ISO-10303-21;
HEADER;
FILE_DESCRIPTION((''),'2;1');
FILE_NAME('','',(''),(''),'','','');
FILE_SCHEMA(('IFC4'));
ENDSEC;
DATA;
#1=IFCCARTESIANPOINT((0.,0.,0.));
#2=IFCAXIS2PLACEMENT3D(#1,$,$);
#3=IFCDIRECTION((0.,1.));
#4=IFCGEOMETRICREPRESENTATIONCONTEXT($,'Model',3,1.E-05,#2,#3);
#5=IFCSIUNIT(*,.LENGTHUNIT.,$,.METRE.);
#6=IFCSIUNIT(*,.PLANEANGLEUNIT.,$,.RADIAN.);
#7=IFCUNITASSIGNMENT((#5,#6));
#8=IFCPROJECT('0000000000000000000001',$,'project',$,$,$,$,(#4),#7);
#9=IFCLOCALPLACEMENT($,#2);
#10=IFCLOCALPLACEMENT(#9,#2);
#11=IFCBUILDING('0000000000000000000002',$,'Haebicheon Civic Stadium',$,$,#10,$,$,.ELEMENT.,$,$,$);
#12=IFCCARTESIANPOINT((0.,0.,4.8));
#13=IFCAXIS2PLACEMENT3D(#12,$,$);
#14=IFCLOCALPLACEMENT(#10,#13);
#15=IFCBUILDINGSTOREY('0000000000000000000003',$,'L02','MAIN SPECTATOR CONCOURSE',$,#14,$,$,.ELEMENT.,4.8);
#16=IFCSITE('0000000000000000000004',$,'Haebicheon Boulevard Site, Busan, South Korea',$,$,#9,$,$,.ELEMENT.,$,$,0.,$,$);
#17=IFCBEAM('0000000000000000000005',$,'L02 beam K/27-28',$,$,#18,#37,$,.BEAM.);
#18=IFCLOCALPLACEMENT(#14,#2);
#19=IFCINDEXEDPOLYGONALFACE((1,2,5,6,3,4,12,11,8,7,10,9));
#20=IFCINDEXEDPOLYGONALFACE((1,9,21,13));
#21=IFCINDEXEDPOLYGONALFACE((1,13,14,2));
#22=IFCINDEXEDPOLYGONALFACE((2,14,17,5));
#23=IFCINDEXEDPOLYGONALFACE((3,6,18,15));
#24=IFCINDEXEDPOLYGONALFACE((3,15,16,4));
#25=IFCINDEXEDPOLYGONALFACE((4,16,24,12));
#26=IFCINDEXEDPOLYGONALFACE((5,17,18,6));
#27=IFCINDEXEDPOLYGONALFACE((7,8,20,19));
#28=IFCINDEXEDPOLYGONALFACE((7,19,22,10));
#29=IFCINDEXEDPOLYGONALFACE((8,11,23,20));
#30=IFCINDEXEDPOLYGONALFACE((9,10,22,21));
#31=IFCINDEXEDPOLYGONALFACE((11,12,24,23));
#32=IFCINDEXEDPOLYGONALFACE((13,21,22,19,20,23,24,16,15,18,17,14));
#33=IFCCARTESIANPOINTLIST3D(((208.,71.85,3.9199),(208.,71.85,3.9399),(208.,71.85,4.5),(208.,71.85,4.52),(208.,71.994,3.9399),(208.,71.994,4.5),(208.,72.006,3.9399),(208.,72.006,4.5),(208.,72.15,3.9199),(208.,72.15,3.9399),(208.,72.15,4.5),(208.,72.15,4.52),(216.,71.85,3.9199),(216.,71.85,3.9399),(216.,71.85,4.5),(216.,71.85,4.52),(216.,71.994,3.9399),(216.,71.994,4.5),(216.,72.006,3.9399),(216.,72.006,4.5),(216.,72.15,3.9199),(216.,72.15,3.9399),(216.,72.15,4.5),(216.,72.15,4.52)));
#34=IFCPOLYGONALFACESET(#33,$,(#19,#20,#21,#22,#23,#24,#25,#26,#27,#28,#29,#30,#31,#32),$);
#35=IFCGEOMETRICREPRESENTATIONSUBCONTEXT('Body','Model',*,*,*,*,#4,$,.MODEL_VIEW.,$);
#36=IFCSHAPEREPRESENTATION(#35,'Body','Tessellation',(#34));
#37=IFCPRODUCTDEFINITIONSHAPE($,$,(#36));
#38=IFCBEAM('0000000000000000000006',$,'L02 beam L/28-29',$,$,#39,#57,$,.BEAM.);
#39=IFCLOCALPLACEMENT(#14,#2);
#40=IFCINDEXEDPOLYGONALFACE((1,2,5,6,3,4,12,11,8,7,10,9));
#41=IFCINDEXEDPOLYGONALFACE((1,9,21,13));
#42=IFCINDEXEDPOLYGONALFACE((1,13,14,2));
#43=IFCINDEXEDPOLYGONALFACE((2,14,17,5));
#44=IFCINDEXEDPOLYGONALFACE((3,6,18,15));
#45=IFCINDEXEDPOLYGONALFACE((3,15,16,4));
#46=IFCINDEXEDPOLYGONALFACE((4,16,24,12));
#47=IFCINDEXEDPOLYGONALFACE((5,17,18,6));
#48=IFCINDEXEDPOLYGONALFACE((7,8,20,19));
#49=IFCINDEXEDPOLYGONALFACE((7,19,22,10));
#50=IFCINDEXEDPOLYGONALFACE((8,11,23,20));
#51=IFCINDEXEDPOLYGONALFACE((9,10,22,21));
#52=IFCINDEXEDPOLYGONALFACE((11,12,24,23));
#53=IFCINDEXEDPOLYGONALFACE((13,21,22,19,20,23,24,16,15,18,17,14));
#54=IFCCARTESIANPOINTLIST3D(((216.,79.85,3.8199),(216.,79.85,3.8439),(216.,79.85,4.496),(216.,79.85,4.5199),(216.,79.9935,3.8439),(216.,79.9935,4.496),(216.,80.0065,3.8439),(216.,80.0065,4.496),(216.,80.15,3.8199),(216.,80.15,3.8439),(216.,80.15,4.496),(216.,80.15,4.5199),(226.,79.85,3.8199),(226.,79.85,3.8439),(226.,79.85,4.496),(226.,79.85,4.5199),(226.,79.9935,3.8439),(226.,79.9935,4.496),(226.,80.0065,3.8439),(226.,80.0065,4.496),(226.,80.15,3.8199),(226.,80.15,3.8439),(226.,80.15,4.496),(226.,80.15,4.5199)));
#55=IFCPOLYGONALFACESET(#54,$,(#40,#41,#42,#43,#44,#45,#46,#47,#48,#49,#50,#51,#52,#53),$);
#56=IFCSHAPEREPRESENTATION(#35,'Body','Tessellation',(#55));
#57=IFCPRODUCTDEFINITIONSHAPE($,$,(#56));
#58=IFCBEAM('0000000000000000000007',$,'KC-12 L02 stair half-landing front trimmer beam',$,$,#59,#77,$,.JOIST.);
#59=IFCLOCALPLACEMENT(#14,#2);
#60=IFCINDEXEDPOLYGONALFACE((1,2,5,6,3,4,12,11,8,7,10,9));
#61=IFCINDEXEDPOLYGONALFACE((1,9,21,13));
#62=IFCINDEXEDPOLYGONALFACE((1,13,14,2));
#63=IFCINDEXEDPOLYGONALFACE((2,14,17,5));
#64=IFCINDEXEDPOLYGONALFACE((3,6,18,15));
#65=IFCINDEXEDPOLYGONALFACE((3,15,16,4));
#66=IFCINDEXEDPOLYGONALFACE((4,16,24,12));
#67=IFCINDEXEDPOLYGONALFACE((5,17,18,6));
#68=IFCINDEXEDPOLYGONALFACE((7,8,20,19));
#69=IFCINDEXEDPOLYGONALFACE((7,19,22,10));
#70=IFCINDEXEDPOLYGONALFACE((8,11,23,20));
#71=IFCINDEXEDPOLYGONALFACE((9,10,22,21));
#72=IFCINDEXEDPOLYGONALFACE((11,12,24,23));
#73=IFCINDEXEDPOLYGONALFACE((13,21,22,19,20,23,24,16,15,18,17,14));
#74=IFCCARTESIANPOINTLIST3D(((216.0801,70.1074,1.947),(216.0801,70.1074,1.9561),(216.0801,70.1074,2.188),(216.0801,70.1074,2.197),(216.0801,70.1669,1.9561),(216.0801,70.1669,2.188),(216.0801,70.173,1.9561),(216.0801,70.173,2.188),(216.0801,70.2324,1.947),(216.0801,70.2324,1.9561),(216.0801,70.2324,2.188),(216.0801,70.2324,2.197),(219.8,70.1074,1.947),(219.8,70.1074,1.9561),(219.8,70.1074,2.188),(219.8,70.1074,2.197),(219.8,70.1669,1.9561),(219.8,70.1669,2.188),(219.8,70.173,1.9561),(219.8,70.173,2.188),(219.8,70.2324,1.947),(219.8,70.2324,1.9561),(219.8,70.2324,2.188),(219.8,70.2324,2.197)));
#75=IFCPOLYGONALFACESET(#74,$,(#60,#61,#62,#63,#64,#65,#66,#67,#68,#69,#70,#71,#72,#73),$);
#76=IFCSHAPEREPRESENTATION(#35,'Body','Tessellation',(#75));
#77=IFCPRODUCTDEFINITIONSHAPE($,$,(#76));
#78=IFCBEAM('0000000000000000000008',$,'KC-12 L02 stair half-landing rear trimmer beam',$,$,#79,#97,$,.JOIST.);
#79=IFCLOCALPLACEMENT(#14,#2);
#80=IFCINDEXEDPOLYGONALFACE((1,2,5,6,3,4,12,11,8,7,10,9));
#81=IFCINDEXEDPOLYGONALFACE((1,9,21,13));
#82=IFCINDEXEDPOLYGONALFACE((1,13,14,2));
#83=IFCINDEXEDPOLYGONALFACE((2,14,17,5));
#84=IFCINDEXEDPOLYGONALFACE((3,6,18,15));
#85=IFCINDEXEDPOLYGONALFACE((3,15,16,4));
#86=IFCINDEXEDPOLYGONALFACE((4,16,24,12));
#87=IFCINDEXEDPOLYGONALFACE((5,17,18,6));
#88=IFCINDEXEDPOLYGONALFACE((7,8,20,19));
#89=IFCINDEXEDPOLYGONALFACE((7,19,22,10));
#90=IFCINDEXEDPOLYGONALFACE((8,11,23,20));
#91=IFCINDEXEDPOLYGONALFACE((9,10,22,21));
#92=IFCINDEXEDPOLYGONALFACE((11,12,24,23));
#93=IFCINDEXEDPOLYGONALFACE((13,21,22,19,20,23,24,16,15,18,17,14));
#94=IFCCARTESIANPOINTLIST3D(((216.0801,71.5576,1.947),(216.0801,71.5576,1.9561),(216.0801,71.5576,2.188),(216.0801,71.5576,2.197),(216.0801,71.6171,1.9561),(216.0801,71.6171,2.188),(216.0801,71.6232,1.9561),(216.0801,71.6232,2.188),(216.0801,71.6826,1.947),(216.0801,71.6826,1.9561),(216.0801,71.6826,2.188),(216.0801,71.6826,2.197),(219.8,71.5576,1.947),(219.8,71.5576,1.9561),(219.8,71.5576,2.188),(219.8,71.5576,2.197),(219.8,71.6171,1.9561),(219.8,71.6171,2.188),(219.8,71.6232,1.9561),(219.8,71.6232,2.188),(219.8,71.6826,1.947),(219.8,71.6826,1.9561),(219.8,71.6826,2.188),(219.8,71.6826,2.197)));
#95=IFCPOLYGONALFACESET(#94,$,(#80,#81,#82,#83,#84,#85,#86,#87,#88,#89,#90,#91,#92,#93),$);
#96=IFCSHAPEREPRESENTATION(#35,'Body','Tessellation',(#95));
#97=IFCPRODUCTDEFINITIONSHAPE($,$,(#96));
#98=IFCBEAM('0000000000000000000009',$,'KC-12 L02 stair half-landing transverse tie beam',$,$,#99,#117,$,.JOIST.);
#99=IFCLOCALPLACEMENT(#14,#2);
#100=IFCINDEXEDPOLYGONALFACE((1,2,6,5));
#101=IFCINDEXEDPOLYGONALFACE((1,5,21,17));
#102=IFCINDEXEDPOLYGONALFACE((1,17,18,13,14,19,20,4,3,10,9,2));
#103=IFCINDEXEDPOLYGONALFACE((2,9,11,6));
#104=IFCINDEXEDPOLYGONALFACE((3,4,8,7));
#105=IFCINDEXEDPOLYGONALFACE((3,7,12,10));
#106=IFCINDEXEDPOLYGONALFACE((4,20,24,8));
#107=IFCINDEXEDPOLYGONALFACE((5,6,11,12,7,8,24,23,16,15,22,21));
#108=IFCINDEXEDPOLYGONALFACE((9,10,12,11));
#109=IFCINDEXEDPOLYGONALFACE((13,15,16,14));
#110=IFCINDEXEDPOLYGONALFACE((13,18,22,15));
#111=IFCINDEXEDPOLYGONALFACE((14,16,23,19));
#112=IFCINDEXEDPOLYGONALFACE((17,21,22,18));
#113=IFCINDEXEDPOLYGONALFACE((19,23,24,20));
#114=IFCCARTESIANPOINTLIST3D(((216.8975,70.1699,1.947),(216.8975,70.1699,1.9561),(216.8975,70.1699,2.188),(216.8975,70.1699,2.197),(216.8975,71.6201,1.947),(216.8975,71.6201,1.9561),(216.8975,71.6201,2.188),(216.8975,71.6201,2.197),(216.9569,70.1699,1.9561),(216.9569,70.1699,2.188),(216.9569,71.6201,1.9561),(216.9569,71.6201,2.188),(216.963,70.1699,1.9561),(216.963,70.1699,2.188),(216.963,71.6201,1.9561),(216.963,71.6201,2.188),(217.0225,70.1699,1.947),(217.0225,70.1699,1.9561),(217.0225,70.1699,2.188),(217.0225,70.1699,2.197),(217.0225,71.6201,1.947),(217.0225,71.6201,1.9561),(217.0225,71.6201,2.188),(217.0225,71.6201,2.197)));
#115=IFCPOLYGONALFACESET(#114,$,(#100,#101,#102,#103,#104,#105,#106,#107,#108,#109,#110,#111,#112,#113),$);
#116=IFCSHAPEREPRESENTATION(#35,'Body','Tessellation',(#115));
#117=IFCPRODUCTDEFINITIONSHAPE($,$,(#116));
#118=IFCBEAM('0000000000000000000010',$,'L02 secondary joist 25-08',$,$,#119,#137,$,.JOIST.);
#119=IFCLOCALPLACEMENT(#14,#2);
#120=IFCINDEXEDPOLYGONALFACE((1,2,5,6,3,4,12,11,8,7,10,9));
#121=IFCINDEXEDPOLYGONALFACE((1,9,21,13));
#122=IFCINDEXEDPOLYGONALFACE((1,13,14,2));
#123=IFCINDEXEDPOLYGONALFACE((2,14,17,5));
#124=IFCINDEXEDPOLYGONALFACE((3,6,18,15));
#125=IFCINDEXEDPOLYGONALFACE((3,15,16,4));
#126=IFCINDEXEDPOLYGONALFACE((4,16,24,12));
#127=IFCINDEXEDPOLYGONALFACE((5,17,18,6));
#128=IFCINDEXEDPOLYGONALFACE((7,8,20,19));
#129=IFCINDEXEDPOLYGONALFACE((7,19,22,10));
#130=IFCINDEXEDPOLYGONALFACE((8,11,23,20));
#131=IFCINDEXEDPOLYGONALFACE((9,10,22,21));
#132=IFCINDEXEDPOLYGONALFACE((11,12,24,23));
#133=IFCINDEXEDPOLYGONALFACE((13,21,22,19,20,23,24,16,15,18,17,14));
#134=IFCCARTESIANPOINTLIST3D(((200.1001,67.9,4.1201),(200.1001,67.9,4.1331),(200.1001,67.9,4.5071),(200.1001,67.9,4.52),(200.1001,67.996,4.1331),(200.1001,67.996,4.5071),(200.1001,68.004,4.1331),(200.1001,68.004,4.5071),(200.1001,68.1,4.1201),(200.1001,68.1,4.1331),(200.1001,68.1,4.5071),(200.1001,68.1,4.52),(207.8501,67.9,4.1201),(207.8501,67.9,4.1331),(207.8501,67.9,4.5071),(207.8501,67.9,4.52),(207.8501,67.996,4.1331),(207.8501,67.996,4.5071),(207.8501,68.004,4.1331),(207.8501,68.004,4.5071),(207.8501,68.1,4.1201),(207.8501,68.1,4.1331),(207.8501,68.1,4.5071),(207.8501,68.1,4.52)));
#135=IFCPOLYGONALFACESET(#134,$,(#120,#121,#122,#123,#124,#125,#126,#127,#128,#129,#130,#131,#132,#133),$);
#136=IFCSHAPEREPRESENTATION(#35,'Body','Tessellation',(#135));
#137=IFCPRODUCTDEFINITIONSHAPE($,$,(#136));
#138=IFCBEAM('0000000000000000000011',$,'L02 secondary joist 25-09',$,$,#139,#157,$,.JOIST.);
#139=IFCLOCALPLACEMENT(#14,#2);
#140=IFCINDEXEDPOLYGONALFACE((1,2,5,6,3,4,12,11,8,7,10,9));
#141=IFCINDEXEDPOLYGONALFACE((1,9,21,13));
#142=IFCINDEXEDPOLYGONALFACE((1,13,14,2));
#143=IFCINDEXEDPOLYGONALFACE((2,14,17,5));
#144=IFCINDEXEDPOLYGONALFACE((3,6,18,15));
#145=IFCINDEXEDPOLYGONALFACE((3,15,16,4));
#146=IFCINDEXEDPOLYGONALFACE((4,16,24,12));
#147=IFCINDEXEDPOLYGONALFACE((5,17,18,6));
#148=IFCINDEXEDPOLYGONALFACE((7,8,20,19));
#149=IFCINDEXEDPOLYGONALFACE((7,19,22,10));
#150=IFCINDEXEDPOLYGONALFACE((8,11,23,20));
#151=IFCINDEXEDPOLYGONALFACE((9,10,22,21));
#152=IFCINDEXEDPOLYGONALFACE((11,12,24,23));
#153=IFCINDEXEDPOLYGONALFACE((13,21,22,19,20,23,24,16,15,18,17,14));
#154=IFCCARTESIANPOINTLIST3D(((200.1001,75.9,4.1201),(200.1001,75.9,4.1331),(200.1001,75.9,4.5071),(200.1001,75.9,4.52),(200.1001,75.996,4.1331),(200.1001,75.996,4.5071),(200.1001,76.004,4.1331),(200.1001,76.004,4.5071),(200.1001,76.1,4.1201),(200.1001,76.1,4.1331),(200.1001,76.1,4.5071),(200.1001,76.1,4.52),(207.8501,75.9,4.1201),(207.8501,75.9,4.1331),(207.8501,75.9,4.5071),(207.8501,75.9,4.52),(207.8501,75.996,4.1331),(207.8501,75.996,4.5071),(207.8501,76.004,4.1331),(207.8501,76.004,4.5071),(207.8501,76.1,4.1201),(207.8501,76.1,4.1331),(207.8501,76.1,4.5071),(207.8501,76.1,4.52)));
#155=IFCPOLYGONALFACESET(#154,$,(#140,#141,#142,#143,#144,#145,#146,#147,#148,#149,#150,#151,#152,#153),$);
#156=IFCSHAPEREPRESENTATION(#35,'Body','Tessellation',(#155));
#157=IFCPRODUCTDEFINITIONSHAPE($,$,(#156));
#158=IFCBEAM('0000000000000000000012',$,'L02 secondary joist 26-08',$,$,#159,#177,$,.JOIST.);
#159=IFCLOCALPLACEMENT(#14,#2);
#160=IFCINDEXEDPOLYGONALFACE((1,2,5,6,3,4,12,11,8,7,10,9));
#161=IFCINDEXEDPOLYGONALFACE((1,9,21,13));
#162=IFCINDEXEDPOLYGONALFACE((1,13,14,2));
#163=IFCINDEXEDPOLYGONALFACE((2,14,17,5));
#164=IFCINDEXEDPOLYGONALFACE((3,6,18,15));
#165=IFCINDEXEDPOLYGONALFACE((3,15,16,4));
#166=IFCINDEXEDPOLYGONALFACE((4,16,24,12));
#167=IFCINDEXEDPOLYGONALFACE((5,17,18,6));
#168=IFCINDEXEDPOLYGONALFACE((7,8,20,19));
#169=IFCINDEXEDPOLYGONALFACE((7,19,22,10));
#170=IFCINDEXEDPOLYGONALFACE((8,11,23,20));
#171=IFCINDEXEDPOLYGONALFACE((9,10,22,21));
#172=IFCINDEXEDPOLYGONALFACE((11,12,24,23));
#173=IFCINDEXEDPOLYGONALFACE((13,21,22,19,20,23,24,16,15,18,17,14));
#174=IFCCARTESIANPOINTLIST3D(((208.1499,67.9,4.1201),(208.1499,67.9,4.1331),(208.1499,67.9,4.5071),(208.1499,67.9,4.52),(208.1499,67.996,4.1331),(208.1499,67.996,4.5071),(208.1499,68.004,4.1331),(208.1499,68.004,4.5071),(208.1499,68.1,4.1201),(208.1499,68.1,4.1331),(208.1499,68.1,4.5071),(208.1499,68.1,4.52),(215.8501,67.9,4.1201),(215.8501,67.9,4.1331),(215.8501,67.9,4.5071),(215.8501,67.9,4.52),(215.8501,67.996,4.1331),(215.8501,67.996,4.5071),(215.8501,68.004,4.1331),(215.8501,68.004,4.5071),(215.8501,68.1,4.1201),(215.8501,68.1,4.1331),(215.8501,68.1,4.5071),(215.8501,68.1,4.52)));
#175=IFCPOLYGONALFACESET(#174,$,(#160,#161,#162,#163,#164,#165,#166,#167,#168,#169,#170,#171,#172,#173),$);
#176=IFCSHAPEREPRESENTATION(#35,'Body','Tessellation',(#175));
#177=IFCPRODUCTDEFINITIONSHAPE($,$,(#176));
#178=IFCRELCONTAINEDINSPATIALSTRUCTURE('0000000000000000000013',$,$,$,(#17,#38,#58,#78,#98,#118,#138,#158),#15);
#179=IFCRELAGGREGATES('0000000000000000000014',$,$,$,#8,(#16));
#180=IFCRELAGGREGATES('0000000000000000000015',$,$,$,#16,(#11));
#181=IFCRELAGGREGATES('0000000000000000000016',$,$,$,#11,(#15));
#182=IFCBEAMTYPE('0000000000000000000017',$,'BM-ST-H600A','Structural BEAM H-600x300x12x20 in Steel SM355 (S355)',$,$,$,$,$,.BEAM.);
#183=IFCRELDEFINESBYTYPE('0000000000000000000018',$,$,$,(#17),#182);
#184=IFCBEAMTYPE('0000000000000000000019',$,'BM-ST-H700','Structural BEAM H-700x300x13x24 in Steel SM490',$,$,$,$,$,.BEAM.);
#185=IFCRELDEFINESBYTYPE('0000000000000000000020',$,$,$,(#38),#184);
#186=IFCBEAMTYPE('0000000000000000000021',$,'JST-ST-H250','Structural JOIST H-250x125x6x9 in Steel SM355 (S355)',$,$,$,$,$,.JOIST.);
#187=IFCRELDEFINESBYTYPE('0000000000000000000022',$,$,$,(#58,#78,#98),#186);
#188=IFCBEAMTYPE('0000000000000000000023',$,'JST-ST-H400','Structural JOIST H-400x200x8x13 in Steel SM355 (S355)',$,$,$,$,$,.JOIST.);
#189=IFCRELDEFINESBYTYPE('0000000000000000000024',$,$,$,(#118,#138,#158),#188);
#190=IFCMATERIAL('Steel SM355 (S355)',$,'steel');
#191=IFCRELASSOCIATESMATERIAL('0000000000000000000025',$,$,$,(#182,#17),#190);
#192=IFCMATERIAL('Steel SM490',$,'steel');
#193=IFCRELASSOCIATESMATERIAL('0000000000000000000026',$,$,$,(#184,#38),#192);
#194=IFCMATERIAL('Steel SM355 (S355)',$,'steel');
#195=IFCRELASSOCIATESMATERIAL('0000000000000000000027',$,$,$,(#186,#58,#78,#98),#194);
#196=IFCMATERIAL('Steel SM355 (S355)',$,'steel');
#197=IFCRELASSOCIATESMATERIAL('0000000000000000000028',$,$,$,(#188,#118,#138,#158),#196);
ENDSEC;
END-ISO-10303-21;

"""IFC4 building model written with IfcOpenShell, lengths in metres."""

from ifc_helpers import new_model, si_unit, direction, frame, origin, origin_2d, place, context, subcontext, project, spatial, i_section, extrude, material, material_profile, profile_set, type_object, element, save


model = new_model("IFC4")

# Units and contexts
model_context = context("Model", 3, precision=1e-05, world=origin(), true_north=direction((0.0, 1.0)))
body_context = subcontext(model_context, "Body", "Model", "MODEL_VIEW")
ifc_project = project(units=[si_unit("LENGTHUNIT", "METRE"), si_unit("PLANEANGLEUNIT", "RADIAN")], contexts=[model_context])

# Site, building, storey
site_placement = place(None, origin())
site = spatial("IfcSite", under=ifc_project, at=site_placement, Name="Haebicheon Boulevard Site, Busan, South Korea", CompositionType="ELEMENT", RefElevation=0.0)
building_placement = place(site_placement, origin())
building = spatial("IfcBuilding", under=site, at=building_placement, Name="Haebicheon Civic Stadium", CompositionType="ELEMENT")
storey_placement = place(building_placement, frame((0.0, 0.0, 4.8)))
storey = spatial("IfcBuildingStorey", under=building, at=storey_placement, Name="L02", Description="MAIN SPECTATOR CONCOURSE", CompositionType="ELEMENT", Elevation=4.8)

# Beams
ifc_material_1 = material(Name="Steel SM355 (S355)", Category="steel")
ifc_material_profile_1 = material_profile(ifc_material_1, i_section(OverallWidth=0.3, OverallDepth=0.6001, WebThickness=0.012, FlangeThickness=0.02, at=origin_2d()), Name="H-600x300x12x20")
ifc_profile_set_1 = profile_set([ifc_material_profile_1], Name="Steel SM355 (S355)")
beam_type_1 = type_object("IfcBeamType", Name="BM-ST-H600A", Description="Structural BEAM H-600x300x12x20 in Steel SM355 (S355)", PredefinedType="BEAM", material=ifc_profile_set_1)
for number, where, z_axis, x_axis, name in (
    (1, (208.0, 72.0, 4.22), (1.0, 0.0, 0.0), (0.0, 1.0, 0.0), "L02 beam K/27-28"),
):
    element("IfcBeam", number, at=place(storey_placement, frame(where, z_axis=z_axis, x_axis=x_axis)), inside=storey, type_object=beam_type_1, material=ifc_profile_set_1, Name=name, PredefinedType="BEAM", context=body_context, shape_type="SweptSolid", body=[
        extrude(i_section(OverallWidth=0.3, OverallDepth=0.6001, WebThickness=0.012, FlangeThickness=0.02, at=origin_2d()), origin(), (0.0, 0.0, 1.0), 8.0),
    ])
ifc_material_2 = material(Name="Steel SM490", Category="steel")
ifc_material_profile_2 = material_profile(ifc_material_2, i_section(OverallWidth=0.3, OverallDepth=0.7, WebThickness=0.0129, FlangeThickness=0.0239, at=origin_2d()), Name="H-700x300x13x24")
ifc_profile_set_2 = profile_set([ifc_material_profile_2], Name="Steel SM490")
beam_type_2 = type_object("IfcBeamType", Name="BM-ST-H700", Description="Structural BEAM H-700x300x13x24 in Steel SM490", PredefinedType="BEAM", material=ifc_profile_set_2)
beam_1_placement = place(storey_placement, frame((216.0, 80.0, 4.1699), z_axis=(1.0, 0.0, 0.0), x_axis=(0.0, 1.0, 0.0)))
element("IfcBeam", 2, at=beam_1_placement, inside=storey, type_object=beam_type_2, material=ifc_profile_set_2, Name="L02 beam L/28-29", PredefinedType="BEAM", context=body_context, shape_type="SweptSolid", body=[
    extrude(i_section(OverallWidth=0.3, OverallDepth=0.7, WebThickness=0.0129, FlangeThickness=0.0239, at=origin_2d()), origin(), (0.0, 0.0, 1.0), 10.0),
])
ifc_material_3 = material(Name="Steel SM355 (S355)", Category="steel")
ifc_material_profile_3 = material_profile(ifc_material_3, i_section(OverallWidth=0.125, OverallDepth=0.25, WebThickness=0.0061, FlangeThickness=0.009, at=origin_2d()), Name="H-250x125x6x9")
ifc_profile_set_3 = profile_set([ifc_material_profile_3], Name="Steel SM355 (S355)")
beam_type_3 = type_object("IfcBeamType", Name="JST-ST-H250", Description="Structural JOIST H-250x125x6x9 in Steel SM355 (S355)", PredefinedType="JOIST", material=ifc_profile_set_3)
for number, where, z_axis, x_axis, name in (
    (3, (216.0801, 70.1699, 2.072), (1.0, 0.0, 0.0), (0.0, 1.0, 0.0), "KC-12 L02 stair half-landing front trimmer beam"),
    (4, (216.0801, 71.6201, 2.072), (1.0, 0.0, 0.0), (0.0, 1.0, 0.0), "KC-12 L02 stair half-landing rear trimmer beam"),
):
    element("IfcBeam", number, at=place(storey_placement, frame(where, z_axis=z_axis, x_axis=x_axis)), inside=storey, type_object=beam_type_3, material=ifc_profile_set_3, Name=name, PredefinedType="JOIST", context=body_context, shape_type="SweptSolid", body=[
        extrude(i_section(OverallWidth=0.125, OverallDepth=0.25, WebThickness=0.0061, FlangeThickness=0.009, at=origin_2d()), origin(), (0.0, 0.0, 1.0), 3.72),
    ])
beam_2_placement = place(storey_placement, frame((216.96, 70.1699, 2.072), z_axis=(0.0, 1.0, 0.0), x_axis=(-1.0, 0.0, 0.0)))
element("IfcBeam", 5, at=beam_2_placement, inside=storey, type_object=beam_type_3, material=ifc_profile_set_3, Name="KC-12 L02 stair half-landing transverse tie beam", PredefinedType="JOIST", context=body_context, shape_type="SweptSolid", body=[
    extrude(i_section(OverallWidth=0.125, OverallDepth=0.25, WebThickness=0.0061, FlangeThickness=0.009, at=origin_2d()), origin(), (0.0, 0.0, 1.0), 1.4502),
])
ifc_material_4 = material(Name="Steel SM355 (S355)", Category="steel")
ifc_material_profile_4 = material_profile(ifc_material_4, i_section(OverallWidth=0.2, OverallDepth=0.3999, WebThickness=0.0081, FlangeThickness=0.0129, at=origin_2d()), Name="H-400x200x8x13")
ifc_profile_set_4 = profile_set([ifc_material_profile_4], Name="Steel SM355 (S355)")
beam_type_4 = type_object("IfcBeamType", Name="JST-ST-H400", Description="Structural JOIST H-400x200x8x13 in Steel SM355 (S355)", PredefinedType="JOIST", material=ifc_profile_set_4)
for number, where, z_axis, x_axis, name in (
    (6, (200.1001, 68.0, 4.3201), (1.0, 0.0, 0.0), (0.0, 1.0, 0.0), "L02 secondary joist 25-08"),
    (7, (200.1001, 76.0, 4.3201), (1.0, 0.0, 0.0), (0.0, 1.0, 0.0), "L02 secondary joist 25-09"),
):
    element("IfcBeam", number, at=place(storey_placement, frame(where, z_axis=z_axis, x_axis=x_axis)), inside=storey, type_object=beam_type_4, material=ifc_profile_set_4, Name=name, PredefinedType="JOIST", context=body_context, shape_type="SweptSolid", body=[
        extrude(i_section(OverallWidth=0.2, OverallDepth=0.3999, WebThickness=0.0081, FlangeThickness=0.0129, at=origin_2d()), origin(), (0.0, 0.0, 1.0), 7.75),
    ])
for number, where, z_axis, x_axis, name in (
    (8, (208.1499, 68.0, 4.3201), (1.0, 0.0, 0.0), (0.0, 1.0, 0.0), "L02 secondary joist 26-08"),
):
    element("IfcBeam", number, at=place(storey_placement, frame(where, z_axis=z_axis, x_axis=x_axis)), inside=storey, type_object=beam_type_4, material=ifc_profile_set_4, Name=name, PredefinedType="JOIST", context=body_context, shape_type="SweptSolid", body=[
        extrude(i_section(OverallWidth=0.2, OverallDepth=0.3999, WebThickness=0.0081, FlangeThickness=0.0129, at=origin_2d()), origin(), (0.0, 0.0, 1.0), 7.7002),
    ])

save(model, "model.ifc")
